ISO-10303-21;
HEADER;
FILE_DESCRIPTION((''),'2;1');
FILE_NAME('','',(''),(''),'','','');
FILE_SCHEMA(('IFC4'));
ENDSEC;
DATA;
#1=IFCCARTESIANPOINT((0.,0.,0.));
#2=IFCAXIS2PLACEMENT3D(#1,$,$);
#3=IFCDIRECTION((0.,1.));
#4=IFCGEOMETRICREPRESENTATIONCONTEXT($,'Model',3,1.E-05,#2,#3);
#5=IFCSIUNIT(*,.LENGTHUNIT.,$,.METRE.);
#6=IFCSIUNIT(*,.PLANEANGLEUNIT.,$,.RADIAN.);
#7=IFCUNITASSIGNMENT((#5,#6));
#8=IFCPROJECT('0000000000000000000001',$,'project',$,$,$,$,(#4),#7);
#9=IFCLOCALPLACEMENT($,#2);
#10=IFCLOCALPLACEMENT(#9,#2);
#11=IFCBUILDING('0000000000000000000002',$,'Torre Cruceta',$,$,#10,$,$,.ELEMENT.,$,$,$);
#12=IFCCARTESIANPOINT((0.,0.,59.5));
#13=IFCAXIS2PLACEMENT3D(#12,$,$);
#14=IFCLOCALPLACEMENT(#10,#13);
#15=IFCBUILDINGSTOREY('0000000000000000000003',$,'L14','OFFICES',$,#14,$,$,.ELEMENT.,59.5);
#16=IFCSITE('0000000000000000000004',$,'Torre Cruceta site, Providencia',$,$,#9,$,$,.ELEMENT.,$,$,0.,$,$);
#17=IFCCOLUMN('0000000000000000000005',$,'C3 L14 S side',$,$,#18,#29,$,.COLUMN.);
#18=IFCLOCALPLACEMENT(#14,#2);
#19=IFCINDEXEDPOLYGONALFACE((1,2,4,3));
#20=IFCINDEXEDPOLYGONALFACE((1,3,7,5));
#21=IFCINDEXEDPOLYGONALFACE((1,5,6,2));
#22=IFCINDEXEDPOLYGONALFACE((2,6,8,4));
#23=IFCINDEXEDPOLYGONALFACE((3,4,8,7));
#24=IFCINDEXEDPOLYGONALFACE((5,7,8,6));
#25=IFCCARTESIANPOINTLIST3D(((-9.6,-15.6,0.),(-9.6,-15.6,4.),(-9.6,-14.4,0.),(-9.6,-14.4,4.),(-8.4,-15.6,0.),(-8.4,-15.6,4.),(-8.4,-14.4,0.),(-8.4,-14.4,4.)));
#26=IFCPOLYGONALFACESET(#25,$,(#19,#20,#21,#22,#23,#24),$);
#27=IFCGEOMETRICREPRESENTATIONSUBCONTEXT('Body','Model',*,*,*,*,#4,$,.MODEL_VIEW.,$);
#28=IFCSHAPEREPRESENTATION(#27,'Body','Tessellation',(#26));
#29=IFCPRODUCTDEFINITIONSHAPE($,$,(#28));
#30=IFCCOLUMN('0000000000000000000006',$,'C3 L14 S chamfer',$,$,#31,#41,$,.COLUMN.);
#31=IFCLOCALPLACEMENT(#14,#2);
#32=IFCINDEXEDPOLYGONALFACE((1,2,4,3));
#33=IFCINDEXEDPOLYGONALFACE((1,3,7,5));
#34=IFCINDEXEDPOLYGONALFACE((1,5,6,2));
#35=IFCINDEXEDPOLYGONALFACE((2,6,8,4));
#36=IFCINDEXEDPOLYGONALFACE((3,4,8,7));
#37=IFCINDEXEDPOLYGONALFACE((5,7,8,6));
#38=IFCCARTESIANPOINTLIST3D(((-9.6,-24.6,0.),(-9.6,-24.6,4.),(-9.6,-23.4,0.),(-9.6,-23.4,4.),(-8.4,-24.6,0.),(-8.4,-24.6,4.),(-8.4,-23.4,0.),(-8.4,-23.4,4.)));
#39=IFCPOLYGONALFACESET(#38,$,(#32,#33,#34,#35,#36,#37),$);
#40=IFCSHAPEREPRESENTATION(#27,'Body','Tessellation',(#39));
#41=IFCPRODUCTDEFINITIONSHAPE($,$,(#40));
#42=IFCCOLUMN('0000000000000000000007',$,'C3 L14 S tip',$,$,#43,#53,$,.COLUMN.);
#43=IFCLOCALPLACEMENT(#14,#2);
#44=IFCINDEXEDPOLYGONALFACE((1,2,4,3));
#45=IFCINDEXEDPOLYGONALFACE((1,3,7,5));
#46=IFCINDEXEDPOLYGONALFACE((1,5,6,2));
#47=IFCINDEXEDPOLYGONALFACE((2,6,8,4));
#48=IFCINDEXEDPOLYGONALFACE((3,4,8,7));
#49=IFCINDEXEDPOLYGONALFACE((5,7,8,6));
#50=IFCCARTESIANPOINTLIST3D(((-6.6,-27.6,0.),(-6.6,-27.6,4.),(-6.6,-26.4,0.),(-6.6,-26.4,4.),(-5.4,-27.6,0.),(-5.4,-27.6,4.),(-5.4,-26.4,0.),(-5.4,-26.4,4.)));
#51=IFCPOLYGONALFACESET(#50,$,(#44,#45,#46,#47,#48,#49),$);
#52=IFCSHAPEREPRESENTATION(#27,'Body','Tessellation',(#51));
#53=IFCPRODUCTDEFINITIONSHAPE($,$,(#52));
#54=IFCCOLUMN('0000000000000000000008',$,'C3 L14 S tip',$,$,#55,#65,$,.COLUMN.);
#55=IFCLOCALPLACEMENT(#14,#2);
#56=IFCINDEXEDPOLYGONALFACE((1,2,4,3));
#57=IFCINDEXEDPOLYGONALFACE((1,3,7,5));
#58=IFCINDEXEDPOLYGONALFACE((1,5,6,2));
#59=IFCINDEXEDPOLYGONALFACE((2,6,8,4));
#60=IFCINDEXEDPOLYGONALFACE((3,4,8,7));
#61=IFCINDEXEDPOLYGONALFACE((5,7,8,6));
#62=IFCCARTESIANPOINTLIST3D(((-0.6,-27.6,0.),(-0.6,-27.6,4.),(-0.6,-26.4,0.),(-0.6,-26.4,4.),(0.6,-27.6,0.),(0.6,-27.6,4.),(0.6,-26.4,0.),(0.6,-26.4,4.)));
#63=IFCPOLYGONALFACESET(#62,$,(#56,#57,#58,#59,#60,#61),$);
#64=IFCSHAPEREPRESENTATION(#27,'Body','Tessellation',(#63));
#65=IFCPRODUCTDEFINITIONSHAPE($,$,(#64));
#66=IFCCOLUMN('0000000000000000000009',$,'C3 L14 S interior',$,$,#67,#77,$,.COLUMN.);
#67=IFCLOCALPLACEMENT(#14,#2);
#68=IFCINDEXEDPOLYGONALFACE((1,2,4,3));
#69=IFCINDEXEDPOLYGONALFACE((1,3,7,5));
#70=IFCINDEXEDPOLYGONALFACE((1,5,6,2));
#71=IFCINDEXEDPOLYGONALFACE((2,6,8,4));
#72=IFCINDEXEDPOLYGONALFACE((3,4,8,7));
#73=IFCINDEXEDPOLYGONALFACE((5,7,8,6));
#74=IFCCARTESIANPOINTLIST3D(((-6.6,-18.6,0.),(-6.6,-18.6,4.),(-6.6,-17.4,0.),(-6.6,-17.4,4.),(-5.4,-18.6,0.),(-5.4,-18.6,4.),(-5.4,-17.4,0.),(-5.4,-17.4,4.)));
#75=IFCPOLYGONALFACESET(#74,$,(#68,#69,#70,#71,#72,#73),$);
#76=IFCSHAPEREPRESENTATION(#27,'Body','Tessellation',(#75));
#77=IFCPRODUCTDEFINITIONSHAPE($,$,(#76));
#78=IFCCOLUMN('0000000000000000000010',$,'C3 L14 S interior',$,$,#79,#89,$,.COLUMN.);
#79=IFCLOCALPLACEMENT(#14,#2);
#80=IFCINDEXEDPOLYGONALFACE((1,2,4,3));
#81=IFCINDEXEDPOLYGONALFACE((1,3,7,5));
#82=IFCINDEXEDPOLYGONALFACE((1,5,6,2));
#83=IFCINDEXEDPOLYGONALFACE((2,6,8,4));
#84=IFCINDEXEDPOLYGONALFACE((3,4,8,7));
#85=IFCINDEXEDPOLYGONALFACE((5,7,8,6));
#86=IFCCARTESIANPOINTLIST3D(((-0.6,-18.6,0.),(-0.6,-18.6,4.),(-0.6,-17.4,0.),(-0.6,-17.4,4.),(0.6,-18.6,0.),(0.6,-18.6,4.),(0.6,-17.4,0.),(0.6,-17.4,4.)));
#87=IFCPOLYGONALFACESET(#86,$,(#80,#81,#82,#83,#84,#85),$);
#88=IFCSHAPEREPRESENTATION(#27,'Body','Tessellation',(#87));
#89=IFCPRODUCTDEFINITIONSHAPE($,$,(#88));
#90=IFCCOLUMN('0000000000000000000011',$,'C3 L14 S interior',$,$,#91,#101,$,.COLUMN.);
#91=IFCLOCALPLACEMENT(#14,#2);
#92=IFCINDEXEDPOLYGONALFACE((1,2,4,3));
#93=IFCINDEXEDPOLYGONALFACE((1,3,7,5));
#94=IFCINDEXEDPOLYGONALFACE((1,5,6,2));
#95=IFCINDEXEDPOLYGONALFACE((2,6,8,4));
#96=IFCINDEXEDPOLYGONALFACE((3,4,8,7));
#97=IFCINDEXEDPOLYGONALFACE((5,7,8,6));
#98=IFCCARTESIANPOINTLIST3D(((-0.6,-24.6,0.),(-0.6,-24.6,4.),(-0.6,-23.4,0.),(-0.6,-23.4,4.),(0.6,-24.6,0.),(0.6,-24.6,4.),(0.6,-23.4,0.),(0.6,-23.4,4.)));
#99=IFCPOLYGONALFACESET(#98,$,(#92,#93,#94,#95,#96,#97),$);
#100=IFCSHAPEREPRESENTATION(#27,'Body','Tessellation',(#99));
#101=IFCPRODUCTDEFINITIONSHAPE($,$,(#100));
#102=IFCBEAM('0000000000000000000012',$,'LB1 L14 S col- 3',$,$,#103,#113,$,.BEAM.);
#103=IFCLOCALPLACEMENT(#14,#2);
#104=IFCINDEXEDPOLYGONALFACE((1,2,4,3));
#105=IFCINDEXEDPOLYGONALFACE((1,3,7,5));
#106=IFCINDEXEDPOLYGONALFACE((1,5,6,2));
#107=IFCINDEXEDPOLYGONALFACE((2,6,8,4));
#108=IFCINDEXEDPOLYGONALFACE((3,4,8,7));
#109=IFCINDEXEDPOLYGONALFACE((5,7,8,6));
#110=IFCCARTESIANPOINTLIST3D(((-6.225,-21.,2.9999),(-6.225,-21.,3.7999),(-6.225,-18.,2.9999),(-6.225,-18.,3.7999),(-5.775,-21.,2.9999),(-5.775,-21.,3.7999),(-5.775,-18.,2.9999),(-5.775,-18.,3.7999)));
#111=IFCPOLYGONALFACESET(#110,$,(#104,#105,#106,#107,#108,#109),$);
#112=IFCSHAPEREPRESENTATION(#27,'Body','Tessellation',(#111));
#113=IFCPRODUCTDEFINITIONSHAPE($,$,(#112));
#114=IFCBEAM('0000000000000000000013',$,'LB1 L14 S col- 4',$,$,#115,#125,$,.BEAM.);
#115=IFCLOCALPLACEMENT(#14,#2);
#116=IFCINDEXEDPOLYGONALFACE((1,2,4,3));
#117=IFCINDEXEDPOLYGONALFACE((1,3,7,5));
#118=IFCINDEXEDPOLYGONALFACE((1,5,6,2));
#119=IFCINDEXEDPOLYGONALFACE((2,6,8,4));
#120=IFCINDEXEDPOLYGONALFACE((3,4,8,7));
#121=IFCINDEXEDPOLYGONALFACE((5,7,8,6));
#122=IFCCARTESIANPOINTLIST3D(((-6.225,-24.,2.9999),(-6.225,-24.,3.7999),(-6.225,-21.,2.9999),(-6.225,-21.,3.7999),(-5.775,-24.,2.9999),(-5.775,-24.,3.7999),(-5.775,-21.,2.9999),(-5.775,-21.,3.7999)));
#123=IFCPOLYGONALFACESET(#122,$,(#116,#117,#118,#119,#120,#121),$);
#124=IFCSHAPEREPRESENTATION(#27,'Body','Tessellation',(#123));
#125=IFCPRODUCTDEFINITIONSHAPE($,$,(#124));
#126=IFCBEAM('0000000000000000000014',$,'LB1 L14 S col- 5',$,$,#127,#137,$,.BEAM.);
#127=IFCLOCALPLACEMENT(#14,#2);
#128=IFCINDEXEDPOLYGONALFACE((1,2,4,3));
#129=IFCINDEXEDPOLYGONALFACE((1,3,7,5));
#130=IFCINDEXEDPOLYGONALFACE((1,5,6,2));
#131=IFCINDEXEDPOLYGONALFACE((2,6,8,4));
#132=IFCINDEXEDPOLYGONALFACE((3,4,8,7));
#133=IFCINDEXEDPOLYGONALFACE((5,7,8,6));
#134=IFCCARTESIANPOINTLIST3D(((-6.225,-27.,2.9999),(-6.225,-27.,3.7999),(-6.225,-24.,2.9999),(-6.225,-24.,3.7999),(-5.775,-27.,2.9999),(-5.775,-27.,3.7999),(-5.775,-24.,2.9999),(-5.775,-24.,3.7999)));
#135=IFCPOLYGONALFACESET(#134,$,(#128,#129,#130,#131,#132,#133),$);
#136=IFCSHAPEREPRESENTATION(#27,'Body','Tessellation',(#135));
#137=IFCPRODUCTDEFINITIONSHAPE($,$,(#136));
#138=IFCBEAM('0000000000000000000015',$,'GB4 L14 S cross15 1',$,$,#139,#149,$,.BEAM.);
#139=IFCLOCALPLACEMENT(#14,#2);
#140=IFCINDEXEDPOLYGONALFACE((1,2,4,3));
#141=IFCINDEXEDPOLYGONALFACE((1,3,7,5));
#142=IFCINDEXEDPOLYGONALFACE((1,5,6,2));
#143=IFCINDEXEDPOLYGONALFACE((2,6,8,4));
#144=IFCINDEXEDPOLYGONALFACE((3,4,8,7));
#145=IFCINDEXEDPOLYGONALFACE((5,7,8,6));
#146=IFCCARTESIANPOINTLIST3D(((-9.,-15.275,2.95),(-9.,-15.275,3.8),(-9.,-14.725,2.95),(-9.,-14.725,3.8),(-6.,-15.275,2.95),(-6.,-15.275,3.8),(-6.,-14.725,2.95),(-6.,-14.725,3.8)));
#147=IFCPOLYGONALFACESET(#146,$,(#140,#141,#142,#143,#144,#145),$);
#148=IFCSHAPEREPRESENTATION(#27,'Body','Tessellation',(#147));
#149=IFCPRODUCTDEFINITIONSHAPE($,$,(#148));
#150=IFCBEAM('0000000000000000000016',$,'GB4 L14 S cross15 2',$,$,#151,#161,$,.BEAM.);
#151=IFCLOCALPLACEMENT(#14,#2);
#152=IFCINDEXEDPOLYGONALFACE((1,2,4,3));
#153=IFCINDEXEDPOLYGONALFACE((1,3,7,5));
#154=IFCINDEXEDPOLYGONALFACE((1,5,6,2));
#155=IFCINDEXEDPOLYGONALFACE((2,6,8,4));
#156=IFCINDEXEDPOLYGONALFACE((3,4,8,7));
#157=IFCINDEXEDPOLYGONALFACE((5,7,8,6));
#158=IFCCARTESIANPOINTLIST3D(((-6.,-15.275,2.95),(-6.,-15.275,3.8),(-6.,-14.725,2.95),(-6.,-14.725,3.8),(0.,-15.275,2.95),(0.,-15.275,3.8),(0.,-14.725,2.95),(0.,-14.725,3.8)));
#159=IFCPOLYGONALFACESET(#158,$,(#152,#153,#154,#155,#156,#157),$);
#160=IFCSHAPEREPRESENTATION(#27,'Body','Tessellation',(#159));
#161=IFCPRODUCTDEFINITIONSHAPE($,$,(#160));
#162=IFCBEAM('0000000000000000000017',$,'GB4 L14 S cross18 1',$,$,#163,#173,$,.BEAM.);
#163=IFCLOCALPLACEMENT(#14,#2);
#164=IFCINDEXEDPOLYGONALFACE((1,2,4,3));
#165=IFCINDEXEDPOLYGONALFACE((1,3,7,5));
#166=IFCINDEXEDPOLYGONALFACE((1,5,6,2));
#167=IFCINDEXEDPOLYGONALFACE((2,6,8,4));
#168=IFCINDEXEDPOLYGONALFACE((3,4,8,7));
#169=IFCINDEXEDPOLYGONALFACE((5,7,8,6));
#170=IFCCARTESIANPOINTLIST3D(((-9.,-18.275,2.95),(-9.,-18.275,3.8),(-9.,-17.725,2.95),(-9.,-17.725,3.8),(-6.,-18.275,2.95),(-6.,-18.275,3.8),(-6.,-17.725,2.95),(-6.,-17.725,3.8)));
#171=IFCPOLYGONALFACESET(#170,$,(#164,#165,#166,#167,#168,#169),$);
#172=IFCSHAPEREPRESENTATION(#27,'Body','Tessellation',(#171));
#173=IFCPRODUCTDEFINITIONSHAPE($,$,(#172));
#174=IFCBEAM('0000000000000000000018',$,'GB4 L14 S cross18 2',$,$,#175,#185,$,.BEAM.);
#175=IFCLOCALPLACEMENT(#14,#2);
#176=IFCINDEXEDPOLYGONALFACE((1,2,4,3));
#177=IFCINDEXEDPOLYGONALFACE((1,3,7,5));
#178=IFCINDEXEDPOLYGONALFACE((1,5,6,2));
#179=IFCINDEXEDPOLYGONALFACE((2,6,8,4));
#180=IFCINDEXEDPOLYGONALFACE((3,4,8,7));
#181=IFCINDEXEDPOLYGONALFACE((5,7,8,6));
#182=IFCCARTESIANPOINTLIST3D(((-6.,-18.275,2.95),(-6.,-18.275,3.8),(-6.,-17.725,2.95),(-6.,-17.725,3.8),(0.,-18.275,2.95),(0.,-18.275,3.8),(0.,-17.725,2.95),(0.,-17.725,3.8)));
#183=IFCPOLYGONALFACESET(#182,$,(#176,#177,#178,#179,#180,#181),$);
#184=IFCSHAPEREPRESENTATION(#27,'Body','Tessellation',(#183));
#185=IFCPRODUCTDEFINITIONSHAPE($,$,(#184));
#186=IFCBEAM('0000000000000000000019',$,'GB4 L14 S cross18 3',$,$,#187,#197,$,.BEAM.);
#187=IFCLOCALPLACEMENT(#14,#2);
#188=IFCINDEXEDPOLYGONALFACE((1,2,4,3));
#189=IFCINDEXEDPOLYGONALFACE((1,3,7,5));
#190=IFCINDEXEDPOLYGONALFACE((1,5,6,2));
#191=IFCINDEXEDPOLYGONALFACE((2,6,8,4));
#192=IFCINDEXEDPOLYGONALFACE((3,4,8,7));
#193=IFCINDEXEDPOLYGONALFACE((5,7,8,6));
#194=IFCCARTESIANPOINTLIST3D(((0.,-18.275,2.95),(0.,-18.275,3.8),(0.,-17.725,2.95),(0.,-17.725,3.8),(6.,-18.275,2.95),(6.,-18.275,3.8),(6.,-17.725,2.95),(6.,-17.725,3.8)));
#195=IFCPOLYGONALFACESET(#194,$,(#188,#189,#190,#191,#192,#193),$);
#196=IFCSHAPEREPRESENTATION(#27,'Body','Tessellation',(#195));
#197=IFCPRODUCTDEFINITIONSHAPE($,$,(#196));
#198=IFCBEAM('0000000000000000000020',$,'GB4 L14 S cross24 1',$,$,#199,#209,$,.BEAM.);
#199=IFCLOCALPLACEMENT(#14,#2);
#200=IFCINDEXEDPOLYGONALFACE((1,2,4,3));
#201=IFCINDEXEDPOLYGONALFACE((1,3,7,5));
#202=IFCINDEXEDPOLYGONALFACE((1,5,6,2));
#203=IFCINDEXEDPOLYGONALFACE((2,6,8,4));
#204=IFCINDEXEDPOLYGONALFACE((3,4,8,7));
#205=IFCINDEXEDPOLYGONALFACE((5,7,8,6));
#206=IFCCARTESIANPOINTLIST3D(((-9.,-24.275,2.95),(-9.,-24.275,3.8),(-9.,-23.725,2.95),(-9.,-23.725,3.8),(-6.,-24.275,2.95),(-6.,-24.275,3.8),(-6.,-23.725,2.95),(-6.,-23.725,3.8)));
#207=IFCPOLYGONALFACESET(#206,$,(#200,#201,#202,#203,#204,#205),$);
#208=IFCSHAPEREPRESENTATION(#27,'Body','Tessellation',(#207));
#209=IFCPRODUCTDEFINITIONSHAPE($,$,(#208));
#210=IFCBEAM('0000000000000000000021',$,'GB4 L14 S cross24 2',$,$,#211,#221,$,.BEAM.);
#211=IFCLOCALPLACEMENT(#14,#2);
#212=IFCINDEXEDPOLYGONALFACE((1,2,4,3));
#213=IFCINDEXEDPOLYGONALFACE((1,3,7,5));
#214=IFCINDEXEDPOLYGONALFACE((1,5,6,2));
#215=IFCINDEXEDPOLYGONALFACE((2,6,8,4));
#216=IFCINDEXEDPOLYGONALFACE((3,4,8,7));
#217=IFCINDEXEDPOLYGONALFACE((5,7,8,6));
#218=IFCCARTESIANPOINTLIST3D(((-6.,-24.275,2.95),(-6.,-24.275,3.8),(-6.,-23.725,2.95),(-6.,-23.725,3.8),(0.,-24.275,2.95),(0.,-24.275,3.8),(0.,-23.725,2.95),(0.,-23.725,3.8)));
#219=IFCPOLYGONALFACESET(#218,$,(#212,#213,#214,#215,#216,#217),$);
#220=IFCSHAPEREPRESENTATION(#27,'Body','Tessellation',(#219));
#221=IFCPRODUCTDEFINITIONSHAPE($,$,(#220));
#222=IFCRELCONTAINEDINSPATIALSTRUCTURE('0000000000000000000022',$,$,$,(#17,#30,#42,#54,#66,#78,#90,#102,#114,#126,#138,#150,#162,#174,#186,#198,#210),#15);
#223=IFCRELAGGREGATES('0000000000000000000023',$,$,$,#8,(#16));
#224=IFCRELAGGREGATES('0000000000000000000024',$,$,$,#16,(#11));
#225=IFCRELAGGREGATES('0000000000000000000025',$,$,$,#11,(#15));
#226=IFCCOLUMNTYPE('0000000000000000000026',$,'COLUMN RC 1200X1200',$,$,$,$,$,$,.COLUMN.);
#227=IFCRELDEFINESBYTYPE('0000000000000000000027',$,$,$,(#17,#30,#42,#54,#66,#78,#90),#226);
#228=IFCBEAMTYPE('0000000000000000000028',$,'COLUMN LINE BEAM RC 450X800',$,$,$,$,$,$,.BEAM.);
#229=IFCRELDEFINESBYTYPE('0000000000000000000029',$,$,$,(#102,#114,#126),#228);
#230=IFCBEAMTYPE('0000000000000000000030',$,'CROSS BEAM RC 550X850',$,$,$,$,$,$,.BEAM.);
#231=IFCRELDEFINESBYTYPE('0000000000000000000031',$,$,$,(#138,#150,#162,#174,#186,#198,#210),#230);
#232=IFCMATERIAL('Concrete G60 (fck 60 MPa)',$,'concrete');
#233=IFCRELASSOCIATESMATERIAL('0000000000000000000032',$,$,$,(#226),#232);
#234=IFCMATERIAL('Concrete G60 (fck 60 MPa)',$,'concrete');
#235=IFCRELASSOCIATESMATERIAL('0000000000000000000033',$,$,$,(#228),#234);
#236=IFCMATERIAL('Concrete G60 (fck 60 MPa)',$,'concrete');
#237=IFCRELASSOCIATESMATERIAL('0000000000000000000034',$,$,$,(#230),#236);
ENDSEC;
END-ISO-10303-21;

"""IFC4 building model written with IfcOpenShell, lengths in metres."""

from ifc_helpers import new_model, si_unit, direction, frame, origin, origin_2d, place, context, subcontext, project, spatial, rectangle, extrude, material, material_profile, profile_set, type_object, element, save


model = new_model("IFC4")

# Units and contexts
model_context = context("Model", 3, precision=1e-05, world=origin(), true_north=direction((0.0, 1.0)))
body_context = subcontext(model_context, "Body", "Model", "MODEL_VIEW")
ifc_project = project(units=[si_unit("LENGTHUNIT", "METRE"), si_unit("PLANEANGLEUNIT", "RADIAN")], contexts=[model_context])

# Site, building, storey
site_placement = place(None, origin())
site = spatial("IfcSite", under=ifc_project, at=site_placement, Name="Torre Cruceta site, Providencia", CompositionType="ELEMENT", RefElevation=0.0)
building_placement = place(site_placement, origin())
building = spatial("IfcBuilding", under=site, at=building_placement, Name="Torre Cruceta", CompositionType="ELEMENT")
storey_placement = place(building_placement, frame((0.0, 0.0, 59.5)))
storey = spatial("IfcBuildingStorey", under=building, at=storey_placement, Name="L14", Description="OFFICES", CompositionType="ELEMENT", Elevation=59.5)

# Columns
ifc_material_1 = material(Name="Concrete G60 (fck 60 MPa)", Category="concrete")
ifc_material_profile_1 = material_profile(ifc_material_1, rectangle(XDim=1.2, YDim=1.2, at=origin_2d()), Name="RC 1200X1200")
ifc_profile_set_1 = profile_set([ifc_material_profile_1], Name="Concrete G60 (fck 60 MPa)")
column_type = type_object("IfcColumnType", Name="COLUMN RC 1200X1200", PredefinedType="COLUMN", material=ifc_profile_set_1)
for number, where, z_axis, x_axis, name in (
    (1, (-9.0, -15.0, 0.0), (0.0, 0.0, 1.0), (1.0, 0.0, 0.0), "C3 L14 S side"),
    (2, (-9.0, -24.0, 0.0), (0.0, 0.0, 1.0), (1.0, 0.0, 0.0), "C3 L14 S chamfer"),
    (3, (-6.0, -27.0, 0.0), (0.0, 0.0, 1.0), (1.0, 0.0, 0.0), "C3 L14 S tip"),
    (4, (0.0, -27.0, 0.0), (0.0, 0.0, 1.0), (1.0, 0.0, 0.0), "C3 L14 S tip"),
    (5, (-6.0, -18.0, 0.0), (0.0, 0.0, 1.0), (1.0, 0.0, 0.0), "C3 L14 S interior"),
    (6, (0.0, -18.0, 0.0), (0.0, 0.0, 1.0), (1.0, 0.0, 0.0), "C3 L14 S interior"),
    (7, (0.0, -24.0, 0.0), (0.0, 0.0, 1.0), (1.0, 0.0, 0.0), "C3 L14 S interior"),
):
    element("IfcColumn", number, at=place(storey_placement, frame(where, z_axis=z_axis, x_axis=x_axis)), inside=storey, type_object=column_type, Name=name, PredefinedType="COLUMN", context=body_context, shape_type="SweptSolid", body=[
        extrude(rectangle(XDim=1.2, YDim=1.2, at=origin_2d()), origin(), (0.0, 0.0, 1.0), 4.0),
    ])

# Beams
ifc_material_2 = material(Name="Concrete G60 (fck 60 MPa)", Category="concrete")
ifc_material_profile_2 = material_profile(ifc_material_2, rectangle(XDim=0.45, YDim=0.8, at=origin_2d()), Name="RC 450X800")
ifc_profile_set_2 = profile_set([ifc_material_profile_2], Name="Concrete G60 (fck 60 MPa)")
beam_type_1 = type_object("IfcBeamType", Name="COLUMN LINE BEAM RC 450X800", PredefinedType="BEAM", material=ifc_profile_set_2)
for number, where, z_axis, x_axis, name in (
    (8, (-6.0, -18.0, 3.3999), (0.0, -1.0, 0.0), (1.0, 0.0, 0.0), "LB1 L14 S col- 3"),
    (9, (-6.0, -21.0, 3.3999), (0.0, -1.0, 0.0), (1.0, 0.0, 0.0), "LB1 L14 S col- 4"),
    (10, (-6.0, -24.0, 3.3999), (0.0, -1.0, 0.0), (1.0, 0.0, 0.0), "LB1 L14 S col- 5"),
):
    element("IfcBeam", number, at=place(storey_placement, frame(where, z_axis=z_axis, x_axis=x_axis)), inside=storey, type_object=beam_type_1, Name=name, PredefinedType="BEAM", context=body_context, shape_type="SweptSolid", body=[
        extrude(rectangle(XDim=0.45, YDim=0.8, at=origin_2d()), origin(), (0.0, 0.0, 1.0), 3.0),
    ])
ifc_material_3 = material(Name="Concrete G60 (fck 60 MPa)", Category="concrete")
ifc_material_profile_3 = material_profile(ifc_material_3, rectangle(XDim=0.55, YDim=0.8501, at=origin_2d()), Name="RC 550X850")
ifc_profile_set_3 = profile_set([ifc_material_profile_3], Name="Concrete G60 (fck 60 MPa)")
beam_type_2 = type_object("IfcBeamType", Name="CROSS BEAM RC 550X850", PredefinedType="BEAM", material=ifc_profile_set_3)
beam_1_placement = place(storey_placement, frame((-9.0, -15.0, 3.375), z_axis=(1.0, 0.0, 0.0), x_axis=(0.0, 1.0, 0.0)))
element("IfcBeam", 11, at=beam_1_placement, inside=storey, type_object=beam_type_2, Name="GB4 L14 S cross15 1", PredefinedType="BEAM", context=body_context, shape_type="SweptSolid", body=[
    extrude(rectangle(XDim=0.55, YDim=0.8501, at=origin_2d()), origin(), (0.0, 0.0, 1.0), 3.0),
])
beam_2_placement = place(storey_placement, frame((-6.0, -15.0, 3.375), z_axis=(1.0, 0.0, 0.0), x_axis=(0.0, 1.0, 0.0)))
element("IfcBeam", 12, at=beam_2_placement, inside=storey, type_object=beam_type_2, Name="GB4 L14 S cross15 2", PredefinedType="BEAM", context=body_context, shape_type="SweptSolid", body=[
    extrude(rectangle(XDim=0.55, YDim=0.8501, at=origin_2d()), origin(), (0.0, 0.0, 1.0), 6.0),
])
beam_3_placement = place(storey_placement, frame((-9.0, -18.0, 3.375), z_axis=(1.0, 0.0, 0.0), x_axis=(0.0, 1.0, 0.0)))
element("IfcBeam", 13, at=beam_3_placement, inside=storey, type_object=beam_type_2, Name="GB4 L14 S cross18 1", PredefinedType="BEAM", context=body_context, shape_type="SweptSolid", body=[
    extrude(rectangle(XDim=0.55, YDim=0.8501, at=origin_2d()), origin(), (0.0, 0.0, 1.0), 3.0),
])
for number, where, z_axis, x_axis, name in (
    (14, (-6.0, -18.0, 3.375), (1.0, 0.0, 0.0), (0.0, 1.0, 0.0), "GB4 L14 S cross18 2"),
    (15, (0.0, -18.0, 3.375), (1.0, 0.0, 0.0), (0.0, 1.0, 0.0), "GB4 L14 S cross18 3"),
):
    element("IfcBeam", number, at=place(storey_placement, frame(where, z_axis=z_axis, x_axis=x_axis)), inside=storey, type_object=beam_type_2, Name=name, PredefinedType="BEAM", context=body_context, shape_type="SweptSolid", body=[
        extrude(rectangle(XDim=0.55, YDim=0.8501, at=origin_2d()), origin(), (0.0, 0.0, 1.0), 6.0),
    ])
beam_4_placement = place(storey_placement, frame((-9.0, -24.0, 3.375), z_axis=(1.0, 0.0, 0.0), x_axis=(0.0, 1.0, 0.0)))
element("IfcBeam", 16, at=beam_4_placement, inside=storey, type_object=beam_type_2, Name="GB4 L14 S cross24 1", PredefinedType="BEAM", context=body_context, shape_type="SweptSolid", body=[
    extrude(rectangle(XDim=0.55, YDim=0.8501, at=origin_2d()), origin(), (0.0, 0.0, 1.0), 3.0),
])
for number, where, z_axis, x_axis, name in (
    (17, (-6.0, -24.0, 3.375), (1.0, 0.0, 0.0), (0.0, 1.0, 0.0), "GB4 L14 S cross24 2"),
):
    element("IfcBeam", number, at=place(storey_placement, frame(where, z_axis=z_axis, x_axis=x_axis)), inside=storey, type_object=beam_type_2, Name=name, PredefinedType="BEAM", context=body_context, shape_type="SweptSolid", body=[
        extrude(rectangle(XDim=0.55, YDim=0.8501, at=origin_2d()), origin(), (0.0, 0.0, 1.0), 6.0),
    ])

save(model, "model.ifc")
